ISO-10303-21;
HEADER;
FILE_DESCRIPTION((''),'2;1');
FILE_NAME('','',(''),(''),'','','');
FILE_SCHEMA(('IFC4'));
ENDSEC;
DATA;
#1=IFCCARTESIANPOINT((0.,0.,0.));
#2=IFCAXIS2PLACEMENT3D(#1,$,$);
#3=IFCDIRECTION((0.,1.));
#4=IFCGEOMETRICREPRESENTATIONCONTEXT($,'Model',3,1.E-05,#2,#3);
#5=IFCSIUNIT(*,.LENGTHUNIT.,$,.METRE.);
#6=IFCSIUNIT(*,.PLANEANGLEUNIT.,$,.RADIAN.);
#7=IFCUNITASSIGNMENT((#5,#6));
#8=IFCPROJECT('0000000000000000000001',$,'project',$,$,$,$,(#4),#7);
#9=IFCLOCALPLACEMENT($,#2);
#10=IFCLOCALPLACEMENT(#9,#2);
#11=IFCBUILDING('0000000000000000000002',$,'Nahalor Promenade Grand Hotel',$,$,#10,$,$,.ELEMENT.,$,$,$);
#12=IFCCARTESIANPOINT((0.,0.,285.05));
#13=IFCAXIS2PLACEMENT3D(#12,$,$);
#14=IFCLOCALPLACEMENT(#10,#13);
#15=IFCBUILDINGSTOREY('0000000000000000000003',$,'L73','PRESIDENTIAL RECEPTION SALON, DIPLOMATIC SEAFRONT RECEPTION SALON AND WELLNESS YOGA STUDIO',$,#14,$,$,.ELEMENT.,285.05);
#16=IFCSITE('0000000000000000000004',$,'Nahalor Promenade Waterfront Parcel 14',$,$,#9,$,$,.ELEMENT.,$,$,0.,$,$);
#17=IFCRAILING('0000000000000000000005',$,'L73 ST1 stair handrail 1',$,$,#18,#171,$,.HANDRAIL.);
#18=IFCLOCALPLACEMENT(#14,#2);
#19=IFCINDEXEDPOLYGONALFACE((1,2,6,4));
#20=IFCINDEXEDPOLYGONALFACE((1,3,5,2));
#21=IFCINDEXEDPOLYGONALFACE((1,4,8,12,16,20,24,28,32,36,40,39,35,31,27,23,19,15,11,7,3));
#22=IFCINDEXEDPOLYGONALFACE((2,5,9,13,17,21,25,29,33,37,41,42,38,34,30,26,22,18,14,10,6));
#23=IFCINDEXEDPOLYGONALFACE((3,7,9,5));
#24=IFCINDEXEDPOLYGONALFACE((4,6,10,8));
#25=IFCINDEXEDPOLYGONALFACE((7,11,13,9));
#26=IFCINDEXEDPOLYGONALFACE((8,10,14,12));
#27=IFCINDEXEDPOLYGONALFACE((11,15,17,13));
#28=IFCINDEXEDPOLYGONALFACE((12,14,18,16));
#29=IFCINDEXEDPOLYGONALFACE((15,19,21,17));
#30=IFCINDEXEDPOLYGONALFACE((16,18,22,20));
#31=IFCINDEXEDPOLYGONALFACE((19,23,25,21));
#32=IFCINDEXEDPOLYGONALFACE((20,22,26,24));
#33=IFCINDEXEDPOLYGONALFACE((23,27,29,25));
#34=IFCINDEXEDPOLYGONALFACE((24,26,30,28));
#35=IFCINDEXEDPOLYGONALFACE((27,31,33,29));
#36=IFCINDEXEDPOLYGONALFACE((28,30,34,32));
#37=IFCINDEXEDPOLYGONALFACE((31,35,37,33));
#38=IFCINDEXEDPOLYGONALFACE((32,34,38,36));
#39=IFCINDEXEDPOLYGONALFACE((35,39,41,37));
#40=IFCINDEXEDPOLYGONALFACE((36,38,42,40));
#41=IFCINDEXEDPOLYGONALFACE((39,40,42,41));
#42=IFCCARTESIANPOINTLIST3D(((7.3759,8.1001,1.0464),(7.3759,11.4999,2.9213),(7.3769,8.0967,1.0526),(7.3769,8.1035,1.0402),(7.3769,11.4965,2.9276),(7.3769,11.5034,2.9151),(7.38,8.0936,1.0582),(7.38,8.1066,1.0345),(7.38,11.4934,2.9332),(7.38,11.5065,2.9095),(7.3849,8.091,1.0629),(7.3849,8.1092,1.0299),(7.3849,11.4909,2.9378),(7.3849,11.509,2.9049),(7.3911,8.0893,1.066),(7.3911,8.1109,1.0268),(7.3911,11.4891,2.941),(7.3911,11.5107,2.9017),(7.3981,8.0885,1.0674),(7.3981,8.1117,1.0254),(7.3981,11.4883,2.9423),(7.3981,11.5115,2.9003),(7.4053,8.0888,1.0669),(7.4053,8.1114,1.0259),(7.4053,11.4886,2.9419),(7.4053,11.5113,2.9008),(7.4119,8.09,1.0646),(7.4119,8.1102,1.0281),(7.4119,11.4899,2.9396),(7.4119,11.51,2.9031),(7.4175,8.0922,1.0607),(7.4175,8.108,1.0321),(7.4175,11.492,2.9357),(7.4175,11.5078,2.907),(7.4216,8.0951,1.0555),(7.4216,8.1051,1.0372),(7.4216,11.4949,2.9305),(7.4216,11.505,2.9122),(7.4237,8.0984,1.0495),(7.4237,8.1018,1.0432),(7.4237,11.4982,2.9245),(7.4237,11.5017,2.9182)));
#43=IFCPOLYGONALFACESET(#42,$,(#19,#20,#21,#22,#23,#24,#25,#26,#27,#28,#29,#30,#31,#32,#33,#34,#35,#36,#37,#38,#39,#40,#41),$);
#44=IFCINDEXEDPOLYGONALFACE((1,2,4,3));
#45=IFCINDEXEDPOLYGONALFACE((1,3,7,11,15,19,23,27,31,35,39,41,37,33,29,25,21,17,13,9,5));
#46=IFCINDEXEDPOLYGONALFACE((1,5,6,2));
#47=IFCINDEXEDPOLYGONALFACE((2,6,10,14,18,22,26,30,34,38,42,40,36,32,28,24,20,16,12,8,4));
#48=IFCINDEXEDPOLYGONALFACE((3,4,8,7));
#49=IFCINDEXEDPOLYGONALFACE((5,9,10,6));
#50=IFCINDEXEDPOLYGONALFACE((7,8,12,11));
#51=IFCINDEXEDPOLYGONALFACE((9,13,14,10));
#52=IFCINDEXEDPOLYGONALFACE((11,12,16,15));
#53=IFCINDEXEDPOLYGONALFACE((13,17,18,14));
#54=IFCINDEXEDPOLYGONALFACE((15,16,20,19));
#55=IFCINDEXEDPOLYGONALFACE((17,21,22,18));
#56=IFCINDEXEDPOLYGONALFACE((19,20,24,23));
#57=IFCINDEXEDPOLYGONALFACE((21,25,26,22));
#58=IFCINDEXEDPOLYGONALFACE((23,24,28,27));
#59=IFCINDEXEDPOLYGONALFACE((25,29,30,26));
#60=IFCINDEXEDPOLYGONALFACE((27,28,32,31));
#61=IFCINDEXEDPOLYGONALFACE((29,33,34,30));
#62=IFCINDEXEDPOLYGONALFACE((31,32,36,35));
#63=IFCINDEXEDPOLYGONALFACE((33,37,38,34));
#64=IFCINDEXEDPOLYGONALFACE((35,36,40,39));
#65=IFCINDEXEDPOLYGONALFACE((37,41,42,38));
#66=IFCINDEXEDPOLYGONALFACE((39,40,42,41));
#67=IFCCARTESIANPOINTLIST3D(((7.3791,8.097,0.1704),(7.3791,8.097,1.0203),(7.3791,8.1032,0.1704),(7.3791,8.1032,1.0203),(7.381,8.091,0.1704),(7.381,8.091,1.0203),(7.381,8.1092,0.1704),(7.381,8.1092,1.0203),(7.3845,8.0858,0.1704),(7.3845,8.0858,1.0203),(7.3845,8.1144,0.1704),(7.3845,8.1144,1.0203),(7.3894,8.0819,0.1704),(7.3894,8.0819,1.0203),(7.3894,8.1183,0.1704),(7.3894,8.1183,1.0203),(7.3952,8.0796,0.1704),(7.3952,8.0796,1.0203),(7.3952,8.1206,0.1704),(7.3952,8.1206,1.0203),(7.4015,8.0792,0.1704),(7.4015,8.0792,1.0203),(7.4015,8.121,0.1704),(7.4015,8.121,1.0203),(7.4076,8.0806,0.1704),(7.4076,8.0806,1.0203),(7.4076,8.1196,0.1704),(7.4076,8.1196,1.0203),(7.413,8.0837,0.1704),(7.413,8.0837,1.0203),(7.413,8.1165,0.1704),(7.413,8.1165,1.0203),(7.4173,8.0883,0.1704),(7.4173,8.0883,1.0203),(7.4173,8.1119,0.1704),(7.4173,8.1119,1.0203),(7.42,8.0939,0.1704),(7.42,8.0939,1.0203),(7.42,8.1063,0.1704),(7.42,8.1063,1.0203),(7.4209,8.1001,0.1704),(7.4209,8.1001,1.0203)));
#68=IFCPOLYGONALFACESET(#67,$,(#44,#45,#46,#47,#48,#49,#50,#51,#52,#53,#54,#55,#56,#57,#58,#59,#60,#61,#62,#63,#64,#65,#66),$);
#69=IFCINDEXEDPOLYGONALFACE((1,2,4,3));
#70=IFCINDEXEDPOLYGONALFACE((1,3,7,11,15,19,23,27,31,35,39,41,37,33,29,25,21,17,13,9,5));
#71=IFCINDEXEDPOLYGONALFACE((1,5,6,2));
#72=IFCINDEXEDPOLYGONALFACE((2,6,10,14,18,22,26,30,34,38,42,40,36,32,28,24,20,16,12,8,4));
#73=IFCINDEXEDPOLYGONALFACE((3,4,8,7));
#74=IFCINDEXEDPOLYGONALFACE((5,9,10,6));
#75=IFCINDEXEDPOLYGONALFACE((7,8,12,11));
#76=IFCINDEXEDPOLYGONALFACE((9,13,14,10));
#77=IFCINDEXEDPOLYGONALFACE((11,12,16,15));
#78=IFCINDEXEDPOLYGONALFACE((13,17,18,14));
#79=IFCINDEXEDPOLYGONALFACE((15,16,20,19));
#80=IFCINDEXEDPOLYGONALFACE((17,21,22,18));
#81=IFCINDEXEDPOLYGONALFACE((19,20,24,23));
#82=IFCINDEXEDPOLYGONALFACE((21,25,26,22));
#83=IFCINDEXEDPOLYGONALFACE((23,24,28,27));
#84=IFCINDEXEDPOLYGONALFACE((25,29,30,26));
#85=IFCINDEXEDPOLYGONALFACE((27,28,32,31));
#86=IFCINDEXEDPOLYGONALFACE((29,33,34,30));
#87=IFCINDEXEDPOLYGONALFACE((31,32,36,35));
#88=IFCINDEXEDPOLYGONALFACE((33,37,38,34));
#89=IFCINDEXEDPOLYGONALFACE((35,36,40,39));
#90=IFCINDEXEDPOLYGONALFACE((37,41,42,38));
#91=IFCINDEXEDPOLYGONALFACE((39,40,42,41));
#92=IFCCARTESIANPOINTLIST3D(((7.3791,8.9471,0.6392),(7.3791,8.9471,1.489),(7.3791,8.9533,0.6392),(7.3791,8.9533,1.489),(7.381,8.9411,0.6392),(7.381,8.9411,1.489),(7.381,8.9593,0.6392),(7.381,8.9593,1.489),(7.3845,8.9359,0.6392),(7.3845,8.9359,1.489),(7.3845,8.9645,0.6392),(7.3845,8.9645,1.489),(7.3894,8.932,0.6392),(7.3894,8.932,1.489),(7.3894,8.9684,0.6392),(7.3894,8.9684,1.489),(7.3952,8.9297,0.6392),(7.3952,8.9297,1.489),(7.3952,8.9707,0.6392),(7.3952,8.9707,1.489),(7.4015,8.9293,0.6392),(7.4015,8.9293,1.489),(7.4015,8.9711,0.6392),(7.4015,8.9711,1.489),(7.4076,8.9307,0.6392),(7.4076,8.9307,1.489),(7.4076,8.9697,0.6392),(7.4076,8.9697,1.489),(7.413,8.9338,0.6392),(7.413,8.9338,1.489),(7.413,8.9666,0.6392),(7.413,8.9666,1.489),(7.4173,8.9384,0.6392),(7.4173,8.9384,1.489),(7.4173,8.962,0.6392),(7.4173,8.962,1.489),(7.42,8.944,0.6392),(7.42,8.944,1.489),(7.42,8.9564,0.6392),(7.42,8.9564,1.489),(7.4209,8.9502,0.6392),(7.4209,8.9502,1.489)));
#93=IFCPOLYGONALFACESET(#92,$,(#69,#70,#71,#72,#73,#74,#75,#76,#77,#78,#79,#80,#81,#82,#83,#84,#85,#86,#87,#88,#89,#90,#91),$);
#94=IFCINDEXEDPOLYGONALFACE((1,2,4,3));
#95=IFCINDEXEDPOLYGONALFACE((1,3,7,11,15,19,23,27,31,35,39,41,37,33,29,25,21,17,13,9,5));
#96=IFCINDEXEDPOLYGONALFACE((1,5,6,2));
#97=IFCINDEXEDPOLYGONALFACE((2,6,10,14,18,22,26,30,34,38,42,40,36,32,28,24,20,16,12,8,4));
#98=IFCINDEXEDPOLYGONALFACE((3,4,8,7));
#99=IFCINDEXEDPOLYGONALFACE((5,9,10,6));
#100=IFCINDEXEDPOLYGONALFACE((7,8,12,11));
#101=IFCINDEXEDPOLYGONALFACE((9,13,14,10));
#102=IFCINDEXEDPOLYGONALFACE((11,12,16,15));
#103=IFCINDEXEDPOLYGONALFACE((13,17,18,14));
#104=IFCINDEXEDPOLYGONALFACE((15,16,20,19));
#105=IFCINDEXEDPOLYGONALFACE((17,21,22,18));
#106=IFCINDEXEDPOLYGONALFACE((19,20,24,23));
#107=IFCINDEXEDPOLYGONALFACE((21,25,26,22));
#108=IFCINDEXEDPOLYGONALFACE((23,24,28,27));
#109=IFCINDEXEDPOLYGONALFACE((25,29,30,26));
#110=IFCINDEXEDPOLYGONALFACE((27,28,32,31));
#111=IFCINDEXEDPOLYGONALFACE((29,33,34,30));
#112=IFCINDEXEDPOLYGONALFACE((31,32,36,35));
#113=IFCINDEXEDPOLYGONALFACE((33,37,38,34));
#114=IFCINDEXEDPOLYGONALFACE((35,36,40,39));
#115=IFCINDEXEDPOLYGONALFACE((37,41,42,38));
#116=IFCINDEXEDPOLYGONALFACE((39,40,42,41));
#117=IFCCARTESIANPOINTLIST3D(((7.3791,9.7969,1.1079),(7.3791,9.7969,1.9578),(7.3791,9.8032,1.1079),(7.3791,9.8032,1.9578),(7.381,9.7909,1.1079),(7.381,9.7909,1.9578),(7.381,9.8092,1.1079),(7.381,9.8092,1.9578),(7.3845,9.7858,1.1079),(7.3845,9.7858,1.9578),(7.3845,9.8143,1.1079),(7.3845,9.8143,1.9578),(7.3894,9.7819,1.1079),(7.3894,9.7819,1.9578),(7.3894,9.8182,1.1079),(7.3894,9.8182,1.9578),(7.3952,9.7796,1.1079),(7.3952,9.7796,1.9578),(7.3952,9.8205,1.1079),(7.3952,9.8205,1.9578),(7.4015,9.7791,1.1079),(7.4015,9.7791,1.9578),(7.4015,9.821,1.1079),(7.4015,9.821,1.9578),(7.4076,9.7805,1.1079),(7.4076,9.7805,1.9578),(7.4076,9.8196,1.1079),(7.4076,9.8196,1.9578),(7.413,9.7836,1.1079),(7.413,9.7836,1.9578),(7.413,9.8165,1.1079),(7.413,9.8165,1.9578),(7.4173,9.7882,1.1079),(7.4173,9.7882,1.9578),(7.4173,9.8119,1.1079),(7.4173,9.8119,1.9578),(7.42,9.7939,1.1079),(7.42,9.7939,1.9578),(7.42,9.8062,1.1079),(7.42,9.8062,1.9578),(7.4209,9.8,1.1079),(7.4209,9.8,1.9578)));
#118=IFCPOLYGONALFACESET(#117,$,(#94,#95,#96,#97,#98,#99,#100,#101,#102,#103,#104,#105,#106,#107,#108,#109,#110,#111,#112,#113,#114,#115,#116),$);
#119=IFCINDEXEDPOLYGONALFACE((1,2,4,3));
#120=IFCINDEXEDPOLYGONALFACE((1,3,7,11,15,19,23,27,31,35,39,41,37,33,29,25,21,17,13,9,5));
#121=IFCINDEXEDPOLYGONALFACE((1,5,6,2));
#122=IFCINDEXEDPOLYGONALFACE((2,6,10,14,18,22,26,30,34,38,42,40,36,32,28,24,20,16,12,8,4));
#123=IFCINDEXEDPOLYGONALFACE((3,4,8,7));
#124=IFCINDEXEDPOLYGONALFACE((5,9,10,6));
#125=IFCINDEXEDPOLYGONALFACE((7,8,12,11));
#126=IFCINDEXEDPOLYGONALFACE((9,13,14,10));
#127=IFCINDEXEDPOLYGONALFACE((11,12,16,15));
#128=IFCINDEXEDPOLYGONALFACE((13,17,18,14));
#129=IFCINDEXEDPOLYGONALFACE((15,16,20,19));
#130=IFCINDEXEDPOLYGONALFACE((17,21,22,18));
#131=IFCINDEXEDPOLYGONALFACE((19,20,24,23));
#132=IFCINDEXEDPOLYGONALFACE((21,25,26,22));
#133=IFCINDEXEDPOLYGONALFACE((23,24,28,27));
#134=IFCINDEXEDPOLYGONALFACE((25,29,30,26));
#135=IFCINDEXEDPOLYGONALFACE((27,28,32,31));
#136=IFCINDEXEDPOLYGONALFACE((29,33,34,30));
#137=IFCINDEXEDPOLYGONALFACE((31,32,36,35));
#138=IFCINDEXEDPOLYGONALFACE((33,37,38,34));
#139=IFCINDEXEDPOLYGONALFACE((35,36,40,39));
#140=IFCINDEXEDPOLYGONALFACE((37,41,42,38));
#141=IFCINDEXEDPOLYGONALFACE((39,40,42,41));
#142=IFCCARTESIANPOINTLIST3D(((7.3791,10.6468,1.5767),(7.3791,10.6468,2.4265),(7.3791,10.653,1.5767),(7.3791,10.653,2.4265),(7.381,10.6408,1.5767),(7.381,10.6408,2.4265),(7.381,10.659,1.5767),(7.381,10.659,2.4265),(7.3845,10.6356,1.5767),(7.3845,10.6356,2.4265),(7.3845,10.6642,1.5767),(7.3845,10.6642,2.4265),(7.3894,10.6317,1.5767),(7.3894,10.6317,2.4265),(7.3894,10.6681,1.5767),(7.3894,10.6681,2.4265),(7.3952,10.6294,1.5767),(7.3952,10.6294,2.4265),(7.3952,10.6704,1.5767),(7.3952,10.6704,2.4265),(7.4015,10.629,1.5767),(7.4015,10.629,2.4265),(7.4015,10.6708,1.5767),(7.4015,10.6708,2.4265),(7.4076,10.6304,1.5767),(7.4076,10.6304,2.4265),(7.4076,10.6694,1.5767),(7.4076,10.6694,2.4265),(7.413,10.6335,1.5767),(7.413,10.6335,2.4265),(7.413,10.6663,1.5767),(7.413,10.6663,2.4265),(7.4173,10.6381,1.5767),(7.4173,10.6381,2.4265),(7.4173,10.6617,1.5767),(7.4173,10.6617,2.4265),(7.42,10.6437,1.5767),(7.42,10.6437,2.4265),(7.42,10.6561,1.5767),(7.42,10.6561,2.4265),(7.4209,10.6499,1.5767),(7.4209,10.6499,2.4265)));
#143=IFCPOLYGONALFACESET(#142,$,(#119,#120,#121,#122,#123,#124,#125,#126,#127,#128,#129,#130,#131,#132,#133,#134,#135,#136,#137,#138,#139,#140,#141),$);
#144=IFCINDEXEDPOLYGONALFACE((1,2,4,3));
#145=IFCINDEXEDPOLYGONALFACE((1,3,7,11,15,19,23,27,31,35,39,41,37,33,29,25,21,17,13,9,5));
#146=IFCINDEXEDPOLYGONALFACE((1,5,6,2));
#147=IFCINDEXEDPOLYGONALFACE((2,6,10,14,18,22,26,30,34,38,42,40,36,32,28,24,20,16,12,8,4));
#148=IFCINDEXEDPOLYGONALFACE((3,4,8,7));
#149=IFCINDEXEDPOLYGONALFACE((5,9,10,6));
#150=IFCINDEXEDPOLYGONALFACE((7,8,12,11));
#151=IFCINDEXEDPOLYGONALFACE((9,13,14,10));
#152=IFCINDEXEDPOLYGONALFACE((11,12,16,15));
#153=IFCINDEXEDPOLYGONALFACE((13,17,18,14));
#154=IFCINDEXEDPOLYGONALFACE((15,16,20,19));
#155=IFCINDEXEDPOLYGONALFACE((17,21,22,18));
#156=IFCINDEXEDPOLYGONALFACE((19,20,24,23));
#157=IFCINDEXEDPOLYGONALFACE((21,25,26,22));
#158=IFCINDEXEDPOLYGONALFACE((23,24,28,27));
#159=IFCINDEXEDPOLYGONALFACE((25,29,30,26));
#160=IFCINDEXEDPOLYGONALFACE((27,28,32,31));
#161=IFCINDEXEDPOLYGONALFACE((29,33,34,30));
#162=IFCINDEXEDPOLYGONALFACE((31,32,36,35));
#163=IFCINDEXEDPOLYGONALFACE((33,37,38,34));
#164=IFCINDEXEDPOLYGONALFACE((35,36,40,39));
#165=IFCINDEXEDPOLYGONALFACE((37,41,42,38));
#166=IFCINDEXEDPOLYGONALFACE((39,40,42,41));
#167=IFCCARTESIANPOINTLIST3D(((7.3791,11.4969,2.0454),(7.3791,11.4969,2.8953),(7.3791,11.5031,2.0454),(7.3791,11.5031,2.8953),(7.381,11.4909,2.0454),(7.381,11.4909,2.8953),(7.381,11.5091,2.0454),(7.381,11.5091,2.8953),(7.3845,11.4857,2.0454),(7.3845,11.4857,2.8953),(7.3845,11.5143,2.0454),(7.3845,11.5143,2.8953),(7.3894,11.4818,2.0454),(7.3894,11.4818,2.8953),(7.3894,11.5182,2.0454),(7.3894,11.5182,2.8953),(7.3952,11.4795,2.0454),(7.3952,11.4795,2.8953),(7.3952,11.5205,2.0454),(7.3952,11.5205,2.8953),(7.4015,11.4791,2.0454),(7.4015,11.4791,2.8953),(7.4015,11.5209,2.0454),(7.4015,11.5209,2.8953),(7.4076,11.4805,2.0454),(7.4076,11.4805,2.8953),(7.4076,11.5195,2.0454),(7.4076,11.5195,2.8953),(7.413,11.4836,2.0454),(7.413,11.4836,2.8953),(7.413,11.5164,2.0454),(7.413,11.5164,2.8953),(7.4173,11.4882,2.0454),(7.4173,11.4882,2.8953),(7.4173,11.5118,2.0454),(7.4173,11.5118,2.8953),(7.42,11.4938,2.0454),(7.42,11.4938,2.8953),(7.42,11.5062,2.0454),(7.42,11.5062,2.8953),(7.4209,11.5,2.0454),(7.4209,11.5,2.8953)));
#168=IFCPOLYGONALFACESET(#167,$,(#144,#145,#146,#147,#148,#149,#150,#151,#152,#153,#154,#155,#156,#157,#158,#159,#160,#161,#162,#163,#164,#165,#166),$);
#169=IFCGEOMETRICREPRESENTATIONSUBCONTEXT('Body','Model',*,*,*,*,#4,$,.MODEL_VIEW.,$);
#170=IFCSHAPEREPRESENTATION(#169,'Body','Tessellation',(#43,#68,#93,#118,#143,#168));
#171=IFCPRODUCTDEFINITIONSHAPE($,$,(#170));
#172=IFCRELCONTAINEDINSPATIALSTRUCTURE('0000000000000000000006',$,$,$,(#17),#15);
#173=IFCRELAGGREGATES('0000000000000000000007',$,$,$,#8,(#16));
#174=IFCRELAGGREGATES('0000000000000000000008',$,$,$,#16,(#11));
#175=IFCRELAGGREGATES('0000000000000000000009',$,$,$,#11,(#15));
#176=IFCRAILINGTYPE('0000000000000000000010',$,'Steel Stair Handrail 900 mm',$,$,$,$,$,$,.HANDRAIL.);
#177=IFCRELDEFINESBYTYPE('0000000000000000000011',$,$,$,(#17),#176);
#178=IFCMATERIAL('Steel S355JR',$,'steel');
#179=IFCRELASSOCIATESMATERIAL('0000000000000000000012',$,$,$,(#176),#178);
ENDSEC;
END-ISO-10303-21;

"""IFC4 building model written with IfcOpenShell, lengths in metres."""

from ifc_helpers import new_model, si_unit, direction, frame, origin, origin_2d, place, context, subcontext, project, spatial, circle, extrude, material, type_object, element, save


model = new_model("IFC4")

# Units and contexts
model_context = context("Model", 3, precision=1e-05, world=origin(), true_north=direction((0.0, 1.0)))
body_context = subcontext(model_context, "Body", "Model", "MODEL_VIEW")
ifc_project = project(units=[si_unit("LENGTHUNIT", "METRE"), si_unit("PLANEANGLEUNIT", "RADIAN")], contexts=[model_context])

# Site, building, storey
site_placement = place(None, origin())
site = spatial("IfcSite", under=ifc_project, at=site_placement, Name="Nahalor Promenade Waterfront Parcel 14", CompositionType="ELEMENT", RefElevation=0.0)
building_placement = place(site_placement, origin())
building = spatial("IfcBuilding", under=site, at=building_placement, Name="Nahalor Promenade Grand Hotel", CompositionType="ELEMENT")
storey_placement = place(building_placement, frame((0.0, 0.0, 285.05)))
storey = spatial("IfcBuildingStorey", under=building, at=storey_placement, Name="L73", Description="PRESIDENTIAL RECEPTION SALON, DIPLOMATIC SEAFRONT RECEPTION SALON AND WELLNESS YOGA STUDIO", CompositionType="ELEMENT", Elevation=285.05)

# Shared definitions
ifc_material_1 = material(Name="Steel S355JR", Category="steel")

# Railing
railing_type_1 = type_object("IfcRailingType", Name="Steel Stair Handrail 900 mm", PredefinedType="HANDRAIL", material=ifc_material_1)
railing_1_placement = place(storey_placement, frame((7.3999, 8.1001, 0.1704)))
element("IfcRailing", 1, at=railing_1_placement, inside=storey, type_object=railing_type_1, Name="L73 ST1 stair handrail 1", PredefinedType="HANDRAIL", context=body_context, shape_type="SweptSolid", body=[
    extrude(circle(Radius=0.024, at=origin_2d()), frame((0.0, 0.0, 0.876), z_axis=(0.0, 0.875666, 0.482918), x_axis=(-1.0, 0.0, 0.0)), (0.0, 0.0, 1.0), 3.8826),
    extrude(circle(Radius=0.021, at=origin_2d()), origin(), (0.0, 0.0, 1.0), 0.8499),
    extrude(circle(Radius=0.021, at=origin_2d()), frame((0.0, 0.8501, 0.4688)), (0.0, 0.0, 1.0), 0.8499),
    extrude(circle(Radius=0.021, at=origin_2d()), frame((0.0, 1.7, 0.9375)), (0.0, 0.0, 1.0), 0.8499),
    extrude(circle(Radius=0.021, at=origin_2d()), frame((0.0, 2.5498, 1.4062)), (0.0, 0.0, 1.0), 0.8499),
    extrude(circle(Radius=0.021, at=origin_2d()), frame((0.0, 3.3999, 1.875)), (0.0, 0.0, 1.0), 0.8499),
])

save(model, "model.ifc")
